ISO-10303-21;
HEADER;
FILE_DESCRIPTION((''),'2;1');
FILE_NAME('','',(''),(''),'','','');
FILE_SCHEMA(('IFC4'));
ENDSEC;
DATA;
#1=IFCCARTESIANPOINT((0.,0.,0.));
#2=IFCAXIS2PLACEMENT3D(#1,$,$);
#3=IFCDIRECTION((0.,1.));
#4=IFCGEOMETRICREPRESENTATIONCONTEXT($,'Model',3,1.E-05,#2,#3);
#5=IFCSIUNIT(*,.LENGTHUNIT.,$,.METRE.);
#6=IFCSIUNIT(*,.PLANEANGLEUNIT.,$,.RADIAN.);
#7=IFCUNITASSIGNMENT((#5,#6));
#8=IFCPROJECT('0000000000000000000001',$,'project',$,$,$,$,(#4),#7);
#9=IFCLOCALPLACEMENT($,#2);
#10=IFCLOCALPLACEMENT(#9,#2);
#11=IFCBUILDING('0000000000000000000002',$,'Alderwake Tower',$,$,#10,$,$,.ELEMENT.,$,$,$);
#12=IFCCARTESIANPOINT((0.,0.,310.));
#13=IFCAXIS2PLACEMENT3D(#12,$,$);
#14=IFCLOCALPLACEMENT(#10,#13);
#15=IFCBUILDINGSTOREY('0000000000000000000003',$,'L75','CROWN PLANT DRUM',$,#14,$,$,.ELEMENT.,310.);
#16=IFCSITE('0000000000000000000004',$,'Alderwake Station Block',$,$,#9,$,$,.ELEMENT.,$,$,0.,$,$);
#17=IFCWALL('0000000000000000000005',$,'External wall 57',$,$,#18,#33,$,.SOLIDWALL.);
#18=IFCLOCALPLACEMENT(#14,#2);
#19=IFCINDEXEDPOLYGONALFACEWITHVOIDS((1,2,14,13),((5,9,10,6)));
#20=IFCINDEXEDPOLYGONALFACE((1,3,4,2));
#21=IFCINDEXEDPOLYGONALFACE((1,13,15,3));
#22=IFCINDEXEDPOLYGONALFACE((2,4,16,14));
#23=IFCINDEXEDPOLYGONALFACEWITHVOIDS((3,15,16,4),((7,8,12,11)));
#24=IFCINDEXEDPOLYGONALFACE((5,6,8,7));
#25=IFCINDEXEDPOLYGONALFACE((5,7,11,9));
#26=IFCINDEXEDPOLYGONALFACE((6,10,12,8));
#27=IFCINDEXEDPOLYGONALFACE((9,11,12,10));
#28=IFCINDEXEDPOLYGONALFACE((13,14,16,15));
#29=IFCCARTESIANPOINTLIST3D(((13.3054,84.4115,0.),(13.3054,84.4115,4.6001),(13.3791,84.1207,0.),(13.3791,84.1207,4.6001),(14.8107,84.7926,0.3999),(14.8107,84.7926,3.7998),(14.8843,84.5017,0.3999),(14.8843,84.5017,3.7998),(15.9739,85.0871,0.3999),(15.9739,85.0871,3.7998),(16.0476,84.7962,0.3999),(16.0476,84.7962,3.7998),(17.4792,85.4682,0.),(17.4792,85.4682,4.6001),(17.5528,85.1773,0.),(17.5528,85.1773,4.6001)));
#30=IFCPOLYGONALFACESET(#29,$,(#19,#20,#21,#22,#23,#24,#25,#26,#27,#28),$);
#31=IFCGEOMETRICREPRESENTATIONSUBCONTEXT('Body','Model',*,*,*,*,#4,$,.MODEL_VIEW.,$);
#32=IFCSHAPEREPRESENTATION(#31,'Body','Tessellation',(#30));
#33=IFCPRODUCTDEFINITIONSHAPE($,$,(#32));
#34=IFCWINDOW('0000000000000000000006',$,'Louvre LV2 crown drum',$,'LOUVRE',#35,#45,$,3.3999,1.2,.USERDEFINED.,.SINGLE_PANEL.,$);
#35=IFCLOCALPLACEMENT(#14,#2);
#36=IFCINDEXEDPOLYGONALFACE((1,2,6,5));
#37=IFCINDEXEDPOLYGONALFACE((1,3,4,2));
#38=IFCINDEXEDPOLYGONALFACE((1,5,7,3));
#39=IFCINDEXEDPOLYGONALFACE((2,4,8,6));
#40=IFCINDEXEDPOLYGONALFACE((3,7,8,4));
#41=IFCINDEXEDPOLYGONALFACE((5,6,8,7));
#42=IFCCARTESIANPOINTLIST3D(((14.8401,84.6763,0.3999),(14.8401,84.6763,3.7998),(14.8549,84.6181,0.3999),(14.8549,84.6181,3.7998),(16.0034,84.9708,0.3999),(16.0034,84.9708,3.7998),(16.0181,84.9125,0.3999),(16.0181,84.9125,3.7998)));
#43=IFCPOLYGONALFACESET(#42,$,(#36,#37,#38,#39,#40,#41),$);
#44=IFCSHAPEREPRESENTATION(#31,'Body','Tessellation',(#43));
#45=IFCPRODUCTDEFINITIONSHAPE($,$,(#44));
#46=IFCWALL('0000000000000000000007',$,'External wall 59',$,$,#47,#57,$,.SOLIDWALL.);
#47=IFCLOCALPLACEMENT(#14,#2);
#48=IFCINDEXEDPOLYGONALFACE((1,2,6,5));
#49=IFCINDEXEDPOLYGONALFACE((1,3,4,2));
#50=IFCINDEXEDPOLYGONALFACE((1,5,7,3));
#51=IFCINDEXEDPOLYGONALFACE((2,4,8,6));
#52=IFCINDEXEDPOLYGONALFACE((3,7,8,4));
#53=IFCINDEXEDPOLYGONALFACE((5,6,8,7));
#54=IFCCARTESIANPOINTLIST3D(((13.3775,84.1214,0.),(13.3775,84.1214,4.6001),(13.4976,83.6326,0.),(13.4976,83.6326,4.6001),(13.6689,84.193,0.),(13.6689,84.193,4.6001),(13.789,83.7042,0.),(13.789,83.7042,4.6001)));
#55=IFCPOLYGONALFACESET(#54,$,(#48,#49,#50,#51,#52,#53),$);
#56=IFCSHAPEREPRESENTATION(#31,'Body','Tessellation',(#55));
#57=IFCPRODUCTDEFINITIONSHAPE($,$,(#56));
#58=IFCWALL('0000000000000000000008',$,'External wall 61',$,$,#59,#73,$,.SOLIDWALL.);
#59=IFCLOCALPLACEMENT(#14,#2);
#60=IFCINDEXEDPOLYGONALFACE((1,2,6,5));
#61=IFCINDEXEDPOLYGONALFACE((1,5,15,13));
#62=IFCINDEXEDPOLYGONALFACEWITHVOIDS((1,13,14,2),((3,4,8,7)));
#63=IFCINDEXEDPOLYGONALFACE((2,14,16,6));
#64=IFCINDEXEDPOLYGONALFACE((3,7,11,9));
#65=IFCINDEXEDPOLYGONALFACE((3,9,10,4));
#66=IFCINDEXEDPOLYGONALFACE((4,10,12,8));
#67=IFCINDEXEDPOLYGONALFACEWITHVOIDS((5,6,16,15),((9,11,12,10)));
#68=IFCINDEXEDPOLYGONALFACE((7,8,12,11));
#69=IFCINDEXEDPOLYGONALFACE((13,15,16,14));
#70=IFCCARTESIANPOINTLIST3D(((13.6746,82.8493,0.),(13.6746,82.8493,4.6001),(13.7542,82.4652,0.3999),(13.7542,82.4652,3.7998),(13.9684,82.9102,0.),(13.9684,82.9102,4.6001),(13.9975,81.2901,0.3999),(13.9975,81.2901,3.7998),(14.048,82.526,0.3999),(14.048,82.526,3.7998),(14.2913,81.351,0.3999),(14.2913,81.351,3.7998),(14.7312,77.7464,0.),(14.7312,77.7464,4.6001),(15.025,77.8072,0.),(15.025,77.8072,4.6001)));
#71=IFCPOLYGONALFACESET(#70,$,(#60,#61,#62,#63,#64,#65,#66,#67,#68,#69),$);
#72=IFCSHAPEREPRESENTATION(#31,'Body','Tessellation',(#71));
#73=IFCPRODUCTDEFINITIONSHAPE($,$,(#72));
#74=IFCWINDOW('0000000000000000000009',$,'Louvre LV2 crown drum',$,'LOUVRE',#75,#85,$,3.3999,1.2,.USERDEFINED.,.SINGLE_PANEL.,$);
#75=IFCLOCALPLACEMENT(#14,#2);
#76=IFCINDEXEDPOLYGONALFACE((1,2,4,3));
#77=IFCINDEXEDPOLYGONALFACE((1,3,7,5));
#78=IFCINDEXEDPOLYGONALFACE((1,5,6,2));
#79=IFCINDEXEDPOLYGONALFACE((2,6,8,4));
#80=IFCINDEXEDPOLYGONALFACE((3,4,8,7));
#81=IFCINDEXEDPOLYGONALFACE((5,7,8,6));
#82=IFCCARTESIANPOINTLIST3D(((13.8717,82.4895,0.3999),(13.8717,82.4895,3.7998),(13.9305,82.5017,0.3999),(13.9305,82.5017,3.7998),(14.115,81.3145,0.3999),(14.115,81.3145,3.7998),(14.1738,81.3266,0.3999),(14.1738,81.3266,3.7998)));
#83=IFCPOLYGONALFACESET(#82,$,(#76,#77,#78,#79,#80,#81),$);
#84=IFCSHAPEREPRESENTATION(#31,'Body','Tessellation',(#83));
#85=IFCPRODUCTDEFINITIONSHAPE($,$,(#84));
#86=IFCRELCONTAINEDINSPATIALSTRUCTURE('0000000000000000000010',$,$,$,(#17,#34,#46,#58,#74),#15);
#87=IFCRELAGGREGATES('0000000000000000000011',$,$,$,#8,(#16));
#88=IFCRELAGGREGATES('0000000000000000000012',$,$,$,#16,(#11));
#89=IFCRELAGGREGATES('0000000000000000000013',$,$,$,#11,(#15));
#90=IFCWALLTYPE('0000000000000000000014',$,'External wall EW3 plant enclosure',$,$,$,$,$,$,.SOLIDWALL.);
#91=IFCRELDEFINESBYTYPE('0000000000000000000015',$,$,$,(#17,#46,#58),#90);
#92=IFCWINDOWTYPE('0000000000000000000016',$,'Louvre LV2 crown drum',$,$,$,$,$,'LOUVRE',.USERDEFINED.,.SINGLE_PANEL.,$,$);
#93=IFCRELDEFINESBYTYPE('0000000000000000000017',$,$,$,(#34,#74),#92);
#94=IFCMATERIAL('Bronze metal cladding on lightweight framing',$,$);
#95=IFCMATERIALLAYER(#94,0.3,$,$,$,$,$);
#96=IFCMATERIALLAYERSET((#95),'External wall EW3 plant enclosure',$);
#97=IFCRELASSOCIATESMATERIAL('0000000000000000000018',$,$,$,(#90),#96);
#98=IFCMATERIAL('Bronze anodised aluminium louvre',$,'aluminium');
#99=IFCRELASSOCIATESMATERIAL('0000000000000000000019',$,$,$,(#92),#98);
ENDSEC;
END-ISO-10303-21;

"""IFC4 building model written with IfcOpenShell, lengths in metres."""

from ifc_helpers import new_model, si_unit, direction, frame, frame_2d, origin, place, context, subcontext, project, spatial, rectangle, extrude, material, layer, layer_set, type_object, element, fill, save


model = new_model("IFC4")

# Units and contexts
model_context = context("Model", 3, precision=1e-05, world=origin(), true_north=direction((0.0, 1.0)))
body_context = subcontext(model_context, "Body", "Model", "MODEL_VIEW")
ifc_project = project(units=[si_unit("LENGTHUNIT", "METRE"), si_unit("PLANEANGLEUNIT", "RADIAN")], contexts=[model_context])

# Site, building, storey
site_placement = place(None, origin())
site = spatial("IfcSite", under=ifc_project, at=site_placement, Name="Alderwake Station Block", CompositionType="ELEMENT", RefElevation=0.0)
building_placement = place(site_placement, origin())
building = spatial("IfcBuilding", under=site, at=building_placement, Name="Alderwake Tower", CompositionType="ELEMENT")
storey_placement = place(building_placement, frame((0.0, 0.0, 310.0)))
storey = spatial("IfcBuildingStorey", under=building, at=storey_placement, Name="L75", Description="CROWN PLANT DRUM", CompositionType="ELEMENT", Elevation=310.0)

# Wall, opening, window
ifc_material_1 = material(Name="Bronze metal cladding on lightweight framing")
ifc_layer_1 = layer(ifc_material_1, 0.3)
ifc_layer_set_1 = layer_set([ifc_layer_1], Name="External wall EW3 plant enclosure")
wall_type_1 = type_object("IfcWallType", Name="External wall EW3 plant enclosure", PredefinedType="SOLIDWALL", material=ifc_layer_set_1)
ifc_material_2 = material(Name="Bronze anodised aluminium louvre", Category="aluminium")
window_type = type_object("IfcWindowType", Name="Louvre LV2 crown drum", ElementType="LOUVRE", PartitioningType="SINGLE_PANEL", PredefinedType="USERDEFINED", material=ifc_material_2)
wall_1_placement = place(storey_placement, frame((17.5161, 85.3228, 0.0), z_axis=(0.0, 0.0, 1.0), x_axis=(-0.969418, -0.245416, 0.0)))
wall_1 = element("IfcWall", 1, at=wall_1_placement, inside=storey, type_object=wall_type_1, Name="External wall 57", PredefinedType="SOLIDWALL", context=body_context, shape_type="SweptSolid", body=[
    extrude(rectangle(XDim=4.3054, YDim=0.3, at=frame_2d((2.1528, 0.0))), origin(), (0.0, 0.0, 1.0), 4.6001),
])
opening_1_placement = place(wall_1_placement, frame((1.5527, 0.0, 0.3999)))
opening_1 = element("IfcOpeningElement", 2, at=opening_1_placement, cuts=wall_1, PredefinedType="OPENING", context=body_context, shape_type="SweptSolid", body=[
    extrude(rectangle(XDim=1.2, YDim=3.3999, at=frame_2d((0.6001, 1.7))), frame((0.0, 0.1599, 0.0), z_axis=(0.0, -1.0, 0.0), x_axis=(1.0, 0.0, 0.0)), (0.0, 0.0, 1.0), 0.3201),
])
window_1_placement = place(opening_1_placement, origin())
window_1 = element("IfcWindow", 3, at=window_1_placement, inside=storey, type_object=window_type, Name="Louvre LV2 crown drum", ObjectType="LOUVRE", OverallHeight=3.3999, OverallWidth=1.2, PartitioningType="SINGLE_PANEL", PredefinedType="USERDEFINED", context=body_context, shape_type="SweptSolid", body=[
    extrude(rectangle(XDim=1.2, YDim=3.3999, at=frame_2d((0.6001, 1.7))), frame((0.0, 0.03, 0.0), z_axis=(0.0, -1.0, 0.0), x_axis=(1.0, 0.0, 0.0)), (0.0, 0.0, 1.0), 0.0601),
])
fill(opening_1, window_1)

# Wall
wall_2_placement = place(storey_placement, frame((13.5232, 84.1572, 0.0), z_axis=(0.0, 0.0, 1.0), x_axis=(0.238653, -0.971105, 0.0)))
element("IfcWall", 4, at=wall_2_placement, inside=storey, type_object=wall_type_1, Name="External wall 59", PredefinedType="SOLIDWALL", context=body_context, shape_type="SweptSolid", body=[
    extrude(rectangle(XDim=0.5034, YDim=0.3, at=frame_2d((0.2517, 0.0))), origin(), (0.0, 0.0, 1.0), 4.6001),
])

# Wall, opening, window
wall_3_placement = place(storey_placement, frame((13.8215, 82.8796, 0.0), z_axis=(0.0, 0.0, 1.0), x_axis=(0.202761, -0.979228, 0.0)))
wall_3 = element("IfcWall", 5, at=wall_3_placement, inside=storey, type_object=wall_type_1, Name="External wall 61", PredefinedType="SOLIDWALL", context=body_context, shape_type="SweptSolid", body=[
    extrude(rectangle(XDim=5.2112, YDim=0.3, at=frame_2d((2.6055, 0.0))), origin(), (0.0, 0.0, 1.0), 4.6001),
])
opening_2_placement = place(wall_3_placement, frame((0.3921, 0.0, 0.3999)))
opening_2 = element("IfcOpeningElement", 6, at=opening_2_placement, cuts=wall_3, PredefinedType="OPENING", context=body_context, shape_type="SweptSolid", body=[
    extrude(rectangle(XDim=1.2, YDim=3.3999, at=frame_2d((0.6001, 1.7))), frame((0.0, 0.1599, 0.0), z_axis=(0.0, -1.0, 0.0), x_axis=(1.0, 0.0, 0.0)), (0.0, 0.0, 1.0), 0.3201),
])
window_2_placement = place(opening_2_placement, origin())
window_2 = element("IfcWindow", 7, at=window_2_placement, inside=storey, type_object=window_type, Name="Louvre LV2 crown drum", ObjectType="LOUVRE", OverallHeight=3.3999, OverallWidth=1.2, PartitioningType="SINGLE_PANEL", PredefinedType="USERDEFINED", context=body_context, shape_type="SweptSolid", body=[
    extrude(rectangle(XDim=1.2, YDim=3.3999, at=frame_2d((0.6001, 1.7))), frame((0.0, 0.03, 0.0), z_axis=(0.0, -1.0, 0.0), x_axis=(1.0, 0.0, 0.0)), (0.0, 0.0, 1.0), 0.0601),
])
fill(opening_2, window_2)

save(model, "model.ifc")
